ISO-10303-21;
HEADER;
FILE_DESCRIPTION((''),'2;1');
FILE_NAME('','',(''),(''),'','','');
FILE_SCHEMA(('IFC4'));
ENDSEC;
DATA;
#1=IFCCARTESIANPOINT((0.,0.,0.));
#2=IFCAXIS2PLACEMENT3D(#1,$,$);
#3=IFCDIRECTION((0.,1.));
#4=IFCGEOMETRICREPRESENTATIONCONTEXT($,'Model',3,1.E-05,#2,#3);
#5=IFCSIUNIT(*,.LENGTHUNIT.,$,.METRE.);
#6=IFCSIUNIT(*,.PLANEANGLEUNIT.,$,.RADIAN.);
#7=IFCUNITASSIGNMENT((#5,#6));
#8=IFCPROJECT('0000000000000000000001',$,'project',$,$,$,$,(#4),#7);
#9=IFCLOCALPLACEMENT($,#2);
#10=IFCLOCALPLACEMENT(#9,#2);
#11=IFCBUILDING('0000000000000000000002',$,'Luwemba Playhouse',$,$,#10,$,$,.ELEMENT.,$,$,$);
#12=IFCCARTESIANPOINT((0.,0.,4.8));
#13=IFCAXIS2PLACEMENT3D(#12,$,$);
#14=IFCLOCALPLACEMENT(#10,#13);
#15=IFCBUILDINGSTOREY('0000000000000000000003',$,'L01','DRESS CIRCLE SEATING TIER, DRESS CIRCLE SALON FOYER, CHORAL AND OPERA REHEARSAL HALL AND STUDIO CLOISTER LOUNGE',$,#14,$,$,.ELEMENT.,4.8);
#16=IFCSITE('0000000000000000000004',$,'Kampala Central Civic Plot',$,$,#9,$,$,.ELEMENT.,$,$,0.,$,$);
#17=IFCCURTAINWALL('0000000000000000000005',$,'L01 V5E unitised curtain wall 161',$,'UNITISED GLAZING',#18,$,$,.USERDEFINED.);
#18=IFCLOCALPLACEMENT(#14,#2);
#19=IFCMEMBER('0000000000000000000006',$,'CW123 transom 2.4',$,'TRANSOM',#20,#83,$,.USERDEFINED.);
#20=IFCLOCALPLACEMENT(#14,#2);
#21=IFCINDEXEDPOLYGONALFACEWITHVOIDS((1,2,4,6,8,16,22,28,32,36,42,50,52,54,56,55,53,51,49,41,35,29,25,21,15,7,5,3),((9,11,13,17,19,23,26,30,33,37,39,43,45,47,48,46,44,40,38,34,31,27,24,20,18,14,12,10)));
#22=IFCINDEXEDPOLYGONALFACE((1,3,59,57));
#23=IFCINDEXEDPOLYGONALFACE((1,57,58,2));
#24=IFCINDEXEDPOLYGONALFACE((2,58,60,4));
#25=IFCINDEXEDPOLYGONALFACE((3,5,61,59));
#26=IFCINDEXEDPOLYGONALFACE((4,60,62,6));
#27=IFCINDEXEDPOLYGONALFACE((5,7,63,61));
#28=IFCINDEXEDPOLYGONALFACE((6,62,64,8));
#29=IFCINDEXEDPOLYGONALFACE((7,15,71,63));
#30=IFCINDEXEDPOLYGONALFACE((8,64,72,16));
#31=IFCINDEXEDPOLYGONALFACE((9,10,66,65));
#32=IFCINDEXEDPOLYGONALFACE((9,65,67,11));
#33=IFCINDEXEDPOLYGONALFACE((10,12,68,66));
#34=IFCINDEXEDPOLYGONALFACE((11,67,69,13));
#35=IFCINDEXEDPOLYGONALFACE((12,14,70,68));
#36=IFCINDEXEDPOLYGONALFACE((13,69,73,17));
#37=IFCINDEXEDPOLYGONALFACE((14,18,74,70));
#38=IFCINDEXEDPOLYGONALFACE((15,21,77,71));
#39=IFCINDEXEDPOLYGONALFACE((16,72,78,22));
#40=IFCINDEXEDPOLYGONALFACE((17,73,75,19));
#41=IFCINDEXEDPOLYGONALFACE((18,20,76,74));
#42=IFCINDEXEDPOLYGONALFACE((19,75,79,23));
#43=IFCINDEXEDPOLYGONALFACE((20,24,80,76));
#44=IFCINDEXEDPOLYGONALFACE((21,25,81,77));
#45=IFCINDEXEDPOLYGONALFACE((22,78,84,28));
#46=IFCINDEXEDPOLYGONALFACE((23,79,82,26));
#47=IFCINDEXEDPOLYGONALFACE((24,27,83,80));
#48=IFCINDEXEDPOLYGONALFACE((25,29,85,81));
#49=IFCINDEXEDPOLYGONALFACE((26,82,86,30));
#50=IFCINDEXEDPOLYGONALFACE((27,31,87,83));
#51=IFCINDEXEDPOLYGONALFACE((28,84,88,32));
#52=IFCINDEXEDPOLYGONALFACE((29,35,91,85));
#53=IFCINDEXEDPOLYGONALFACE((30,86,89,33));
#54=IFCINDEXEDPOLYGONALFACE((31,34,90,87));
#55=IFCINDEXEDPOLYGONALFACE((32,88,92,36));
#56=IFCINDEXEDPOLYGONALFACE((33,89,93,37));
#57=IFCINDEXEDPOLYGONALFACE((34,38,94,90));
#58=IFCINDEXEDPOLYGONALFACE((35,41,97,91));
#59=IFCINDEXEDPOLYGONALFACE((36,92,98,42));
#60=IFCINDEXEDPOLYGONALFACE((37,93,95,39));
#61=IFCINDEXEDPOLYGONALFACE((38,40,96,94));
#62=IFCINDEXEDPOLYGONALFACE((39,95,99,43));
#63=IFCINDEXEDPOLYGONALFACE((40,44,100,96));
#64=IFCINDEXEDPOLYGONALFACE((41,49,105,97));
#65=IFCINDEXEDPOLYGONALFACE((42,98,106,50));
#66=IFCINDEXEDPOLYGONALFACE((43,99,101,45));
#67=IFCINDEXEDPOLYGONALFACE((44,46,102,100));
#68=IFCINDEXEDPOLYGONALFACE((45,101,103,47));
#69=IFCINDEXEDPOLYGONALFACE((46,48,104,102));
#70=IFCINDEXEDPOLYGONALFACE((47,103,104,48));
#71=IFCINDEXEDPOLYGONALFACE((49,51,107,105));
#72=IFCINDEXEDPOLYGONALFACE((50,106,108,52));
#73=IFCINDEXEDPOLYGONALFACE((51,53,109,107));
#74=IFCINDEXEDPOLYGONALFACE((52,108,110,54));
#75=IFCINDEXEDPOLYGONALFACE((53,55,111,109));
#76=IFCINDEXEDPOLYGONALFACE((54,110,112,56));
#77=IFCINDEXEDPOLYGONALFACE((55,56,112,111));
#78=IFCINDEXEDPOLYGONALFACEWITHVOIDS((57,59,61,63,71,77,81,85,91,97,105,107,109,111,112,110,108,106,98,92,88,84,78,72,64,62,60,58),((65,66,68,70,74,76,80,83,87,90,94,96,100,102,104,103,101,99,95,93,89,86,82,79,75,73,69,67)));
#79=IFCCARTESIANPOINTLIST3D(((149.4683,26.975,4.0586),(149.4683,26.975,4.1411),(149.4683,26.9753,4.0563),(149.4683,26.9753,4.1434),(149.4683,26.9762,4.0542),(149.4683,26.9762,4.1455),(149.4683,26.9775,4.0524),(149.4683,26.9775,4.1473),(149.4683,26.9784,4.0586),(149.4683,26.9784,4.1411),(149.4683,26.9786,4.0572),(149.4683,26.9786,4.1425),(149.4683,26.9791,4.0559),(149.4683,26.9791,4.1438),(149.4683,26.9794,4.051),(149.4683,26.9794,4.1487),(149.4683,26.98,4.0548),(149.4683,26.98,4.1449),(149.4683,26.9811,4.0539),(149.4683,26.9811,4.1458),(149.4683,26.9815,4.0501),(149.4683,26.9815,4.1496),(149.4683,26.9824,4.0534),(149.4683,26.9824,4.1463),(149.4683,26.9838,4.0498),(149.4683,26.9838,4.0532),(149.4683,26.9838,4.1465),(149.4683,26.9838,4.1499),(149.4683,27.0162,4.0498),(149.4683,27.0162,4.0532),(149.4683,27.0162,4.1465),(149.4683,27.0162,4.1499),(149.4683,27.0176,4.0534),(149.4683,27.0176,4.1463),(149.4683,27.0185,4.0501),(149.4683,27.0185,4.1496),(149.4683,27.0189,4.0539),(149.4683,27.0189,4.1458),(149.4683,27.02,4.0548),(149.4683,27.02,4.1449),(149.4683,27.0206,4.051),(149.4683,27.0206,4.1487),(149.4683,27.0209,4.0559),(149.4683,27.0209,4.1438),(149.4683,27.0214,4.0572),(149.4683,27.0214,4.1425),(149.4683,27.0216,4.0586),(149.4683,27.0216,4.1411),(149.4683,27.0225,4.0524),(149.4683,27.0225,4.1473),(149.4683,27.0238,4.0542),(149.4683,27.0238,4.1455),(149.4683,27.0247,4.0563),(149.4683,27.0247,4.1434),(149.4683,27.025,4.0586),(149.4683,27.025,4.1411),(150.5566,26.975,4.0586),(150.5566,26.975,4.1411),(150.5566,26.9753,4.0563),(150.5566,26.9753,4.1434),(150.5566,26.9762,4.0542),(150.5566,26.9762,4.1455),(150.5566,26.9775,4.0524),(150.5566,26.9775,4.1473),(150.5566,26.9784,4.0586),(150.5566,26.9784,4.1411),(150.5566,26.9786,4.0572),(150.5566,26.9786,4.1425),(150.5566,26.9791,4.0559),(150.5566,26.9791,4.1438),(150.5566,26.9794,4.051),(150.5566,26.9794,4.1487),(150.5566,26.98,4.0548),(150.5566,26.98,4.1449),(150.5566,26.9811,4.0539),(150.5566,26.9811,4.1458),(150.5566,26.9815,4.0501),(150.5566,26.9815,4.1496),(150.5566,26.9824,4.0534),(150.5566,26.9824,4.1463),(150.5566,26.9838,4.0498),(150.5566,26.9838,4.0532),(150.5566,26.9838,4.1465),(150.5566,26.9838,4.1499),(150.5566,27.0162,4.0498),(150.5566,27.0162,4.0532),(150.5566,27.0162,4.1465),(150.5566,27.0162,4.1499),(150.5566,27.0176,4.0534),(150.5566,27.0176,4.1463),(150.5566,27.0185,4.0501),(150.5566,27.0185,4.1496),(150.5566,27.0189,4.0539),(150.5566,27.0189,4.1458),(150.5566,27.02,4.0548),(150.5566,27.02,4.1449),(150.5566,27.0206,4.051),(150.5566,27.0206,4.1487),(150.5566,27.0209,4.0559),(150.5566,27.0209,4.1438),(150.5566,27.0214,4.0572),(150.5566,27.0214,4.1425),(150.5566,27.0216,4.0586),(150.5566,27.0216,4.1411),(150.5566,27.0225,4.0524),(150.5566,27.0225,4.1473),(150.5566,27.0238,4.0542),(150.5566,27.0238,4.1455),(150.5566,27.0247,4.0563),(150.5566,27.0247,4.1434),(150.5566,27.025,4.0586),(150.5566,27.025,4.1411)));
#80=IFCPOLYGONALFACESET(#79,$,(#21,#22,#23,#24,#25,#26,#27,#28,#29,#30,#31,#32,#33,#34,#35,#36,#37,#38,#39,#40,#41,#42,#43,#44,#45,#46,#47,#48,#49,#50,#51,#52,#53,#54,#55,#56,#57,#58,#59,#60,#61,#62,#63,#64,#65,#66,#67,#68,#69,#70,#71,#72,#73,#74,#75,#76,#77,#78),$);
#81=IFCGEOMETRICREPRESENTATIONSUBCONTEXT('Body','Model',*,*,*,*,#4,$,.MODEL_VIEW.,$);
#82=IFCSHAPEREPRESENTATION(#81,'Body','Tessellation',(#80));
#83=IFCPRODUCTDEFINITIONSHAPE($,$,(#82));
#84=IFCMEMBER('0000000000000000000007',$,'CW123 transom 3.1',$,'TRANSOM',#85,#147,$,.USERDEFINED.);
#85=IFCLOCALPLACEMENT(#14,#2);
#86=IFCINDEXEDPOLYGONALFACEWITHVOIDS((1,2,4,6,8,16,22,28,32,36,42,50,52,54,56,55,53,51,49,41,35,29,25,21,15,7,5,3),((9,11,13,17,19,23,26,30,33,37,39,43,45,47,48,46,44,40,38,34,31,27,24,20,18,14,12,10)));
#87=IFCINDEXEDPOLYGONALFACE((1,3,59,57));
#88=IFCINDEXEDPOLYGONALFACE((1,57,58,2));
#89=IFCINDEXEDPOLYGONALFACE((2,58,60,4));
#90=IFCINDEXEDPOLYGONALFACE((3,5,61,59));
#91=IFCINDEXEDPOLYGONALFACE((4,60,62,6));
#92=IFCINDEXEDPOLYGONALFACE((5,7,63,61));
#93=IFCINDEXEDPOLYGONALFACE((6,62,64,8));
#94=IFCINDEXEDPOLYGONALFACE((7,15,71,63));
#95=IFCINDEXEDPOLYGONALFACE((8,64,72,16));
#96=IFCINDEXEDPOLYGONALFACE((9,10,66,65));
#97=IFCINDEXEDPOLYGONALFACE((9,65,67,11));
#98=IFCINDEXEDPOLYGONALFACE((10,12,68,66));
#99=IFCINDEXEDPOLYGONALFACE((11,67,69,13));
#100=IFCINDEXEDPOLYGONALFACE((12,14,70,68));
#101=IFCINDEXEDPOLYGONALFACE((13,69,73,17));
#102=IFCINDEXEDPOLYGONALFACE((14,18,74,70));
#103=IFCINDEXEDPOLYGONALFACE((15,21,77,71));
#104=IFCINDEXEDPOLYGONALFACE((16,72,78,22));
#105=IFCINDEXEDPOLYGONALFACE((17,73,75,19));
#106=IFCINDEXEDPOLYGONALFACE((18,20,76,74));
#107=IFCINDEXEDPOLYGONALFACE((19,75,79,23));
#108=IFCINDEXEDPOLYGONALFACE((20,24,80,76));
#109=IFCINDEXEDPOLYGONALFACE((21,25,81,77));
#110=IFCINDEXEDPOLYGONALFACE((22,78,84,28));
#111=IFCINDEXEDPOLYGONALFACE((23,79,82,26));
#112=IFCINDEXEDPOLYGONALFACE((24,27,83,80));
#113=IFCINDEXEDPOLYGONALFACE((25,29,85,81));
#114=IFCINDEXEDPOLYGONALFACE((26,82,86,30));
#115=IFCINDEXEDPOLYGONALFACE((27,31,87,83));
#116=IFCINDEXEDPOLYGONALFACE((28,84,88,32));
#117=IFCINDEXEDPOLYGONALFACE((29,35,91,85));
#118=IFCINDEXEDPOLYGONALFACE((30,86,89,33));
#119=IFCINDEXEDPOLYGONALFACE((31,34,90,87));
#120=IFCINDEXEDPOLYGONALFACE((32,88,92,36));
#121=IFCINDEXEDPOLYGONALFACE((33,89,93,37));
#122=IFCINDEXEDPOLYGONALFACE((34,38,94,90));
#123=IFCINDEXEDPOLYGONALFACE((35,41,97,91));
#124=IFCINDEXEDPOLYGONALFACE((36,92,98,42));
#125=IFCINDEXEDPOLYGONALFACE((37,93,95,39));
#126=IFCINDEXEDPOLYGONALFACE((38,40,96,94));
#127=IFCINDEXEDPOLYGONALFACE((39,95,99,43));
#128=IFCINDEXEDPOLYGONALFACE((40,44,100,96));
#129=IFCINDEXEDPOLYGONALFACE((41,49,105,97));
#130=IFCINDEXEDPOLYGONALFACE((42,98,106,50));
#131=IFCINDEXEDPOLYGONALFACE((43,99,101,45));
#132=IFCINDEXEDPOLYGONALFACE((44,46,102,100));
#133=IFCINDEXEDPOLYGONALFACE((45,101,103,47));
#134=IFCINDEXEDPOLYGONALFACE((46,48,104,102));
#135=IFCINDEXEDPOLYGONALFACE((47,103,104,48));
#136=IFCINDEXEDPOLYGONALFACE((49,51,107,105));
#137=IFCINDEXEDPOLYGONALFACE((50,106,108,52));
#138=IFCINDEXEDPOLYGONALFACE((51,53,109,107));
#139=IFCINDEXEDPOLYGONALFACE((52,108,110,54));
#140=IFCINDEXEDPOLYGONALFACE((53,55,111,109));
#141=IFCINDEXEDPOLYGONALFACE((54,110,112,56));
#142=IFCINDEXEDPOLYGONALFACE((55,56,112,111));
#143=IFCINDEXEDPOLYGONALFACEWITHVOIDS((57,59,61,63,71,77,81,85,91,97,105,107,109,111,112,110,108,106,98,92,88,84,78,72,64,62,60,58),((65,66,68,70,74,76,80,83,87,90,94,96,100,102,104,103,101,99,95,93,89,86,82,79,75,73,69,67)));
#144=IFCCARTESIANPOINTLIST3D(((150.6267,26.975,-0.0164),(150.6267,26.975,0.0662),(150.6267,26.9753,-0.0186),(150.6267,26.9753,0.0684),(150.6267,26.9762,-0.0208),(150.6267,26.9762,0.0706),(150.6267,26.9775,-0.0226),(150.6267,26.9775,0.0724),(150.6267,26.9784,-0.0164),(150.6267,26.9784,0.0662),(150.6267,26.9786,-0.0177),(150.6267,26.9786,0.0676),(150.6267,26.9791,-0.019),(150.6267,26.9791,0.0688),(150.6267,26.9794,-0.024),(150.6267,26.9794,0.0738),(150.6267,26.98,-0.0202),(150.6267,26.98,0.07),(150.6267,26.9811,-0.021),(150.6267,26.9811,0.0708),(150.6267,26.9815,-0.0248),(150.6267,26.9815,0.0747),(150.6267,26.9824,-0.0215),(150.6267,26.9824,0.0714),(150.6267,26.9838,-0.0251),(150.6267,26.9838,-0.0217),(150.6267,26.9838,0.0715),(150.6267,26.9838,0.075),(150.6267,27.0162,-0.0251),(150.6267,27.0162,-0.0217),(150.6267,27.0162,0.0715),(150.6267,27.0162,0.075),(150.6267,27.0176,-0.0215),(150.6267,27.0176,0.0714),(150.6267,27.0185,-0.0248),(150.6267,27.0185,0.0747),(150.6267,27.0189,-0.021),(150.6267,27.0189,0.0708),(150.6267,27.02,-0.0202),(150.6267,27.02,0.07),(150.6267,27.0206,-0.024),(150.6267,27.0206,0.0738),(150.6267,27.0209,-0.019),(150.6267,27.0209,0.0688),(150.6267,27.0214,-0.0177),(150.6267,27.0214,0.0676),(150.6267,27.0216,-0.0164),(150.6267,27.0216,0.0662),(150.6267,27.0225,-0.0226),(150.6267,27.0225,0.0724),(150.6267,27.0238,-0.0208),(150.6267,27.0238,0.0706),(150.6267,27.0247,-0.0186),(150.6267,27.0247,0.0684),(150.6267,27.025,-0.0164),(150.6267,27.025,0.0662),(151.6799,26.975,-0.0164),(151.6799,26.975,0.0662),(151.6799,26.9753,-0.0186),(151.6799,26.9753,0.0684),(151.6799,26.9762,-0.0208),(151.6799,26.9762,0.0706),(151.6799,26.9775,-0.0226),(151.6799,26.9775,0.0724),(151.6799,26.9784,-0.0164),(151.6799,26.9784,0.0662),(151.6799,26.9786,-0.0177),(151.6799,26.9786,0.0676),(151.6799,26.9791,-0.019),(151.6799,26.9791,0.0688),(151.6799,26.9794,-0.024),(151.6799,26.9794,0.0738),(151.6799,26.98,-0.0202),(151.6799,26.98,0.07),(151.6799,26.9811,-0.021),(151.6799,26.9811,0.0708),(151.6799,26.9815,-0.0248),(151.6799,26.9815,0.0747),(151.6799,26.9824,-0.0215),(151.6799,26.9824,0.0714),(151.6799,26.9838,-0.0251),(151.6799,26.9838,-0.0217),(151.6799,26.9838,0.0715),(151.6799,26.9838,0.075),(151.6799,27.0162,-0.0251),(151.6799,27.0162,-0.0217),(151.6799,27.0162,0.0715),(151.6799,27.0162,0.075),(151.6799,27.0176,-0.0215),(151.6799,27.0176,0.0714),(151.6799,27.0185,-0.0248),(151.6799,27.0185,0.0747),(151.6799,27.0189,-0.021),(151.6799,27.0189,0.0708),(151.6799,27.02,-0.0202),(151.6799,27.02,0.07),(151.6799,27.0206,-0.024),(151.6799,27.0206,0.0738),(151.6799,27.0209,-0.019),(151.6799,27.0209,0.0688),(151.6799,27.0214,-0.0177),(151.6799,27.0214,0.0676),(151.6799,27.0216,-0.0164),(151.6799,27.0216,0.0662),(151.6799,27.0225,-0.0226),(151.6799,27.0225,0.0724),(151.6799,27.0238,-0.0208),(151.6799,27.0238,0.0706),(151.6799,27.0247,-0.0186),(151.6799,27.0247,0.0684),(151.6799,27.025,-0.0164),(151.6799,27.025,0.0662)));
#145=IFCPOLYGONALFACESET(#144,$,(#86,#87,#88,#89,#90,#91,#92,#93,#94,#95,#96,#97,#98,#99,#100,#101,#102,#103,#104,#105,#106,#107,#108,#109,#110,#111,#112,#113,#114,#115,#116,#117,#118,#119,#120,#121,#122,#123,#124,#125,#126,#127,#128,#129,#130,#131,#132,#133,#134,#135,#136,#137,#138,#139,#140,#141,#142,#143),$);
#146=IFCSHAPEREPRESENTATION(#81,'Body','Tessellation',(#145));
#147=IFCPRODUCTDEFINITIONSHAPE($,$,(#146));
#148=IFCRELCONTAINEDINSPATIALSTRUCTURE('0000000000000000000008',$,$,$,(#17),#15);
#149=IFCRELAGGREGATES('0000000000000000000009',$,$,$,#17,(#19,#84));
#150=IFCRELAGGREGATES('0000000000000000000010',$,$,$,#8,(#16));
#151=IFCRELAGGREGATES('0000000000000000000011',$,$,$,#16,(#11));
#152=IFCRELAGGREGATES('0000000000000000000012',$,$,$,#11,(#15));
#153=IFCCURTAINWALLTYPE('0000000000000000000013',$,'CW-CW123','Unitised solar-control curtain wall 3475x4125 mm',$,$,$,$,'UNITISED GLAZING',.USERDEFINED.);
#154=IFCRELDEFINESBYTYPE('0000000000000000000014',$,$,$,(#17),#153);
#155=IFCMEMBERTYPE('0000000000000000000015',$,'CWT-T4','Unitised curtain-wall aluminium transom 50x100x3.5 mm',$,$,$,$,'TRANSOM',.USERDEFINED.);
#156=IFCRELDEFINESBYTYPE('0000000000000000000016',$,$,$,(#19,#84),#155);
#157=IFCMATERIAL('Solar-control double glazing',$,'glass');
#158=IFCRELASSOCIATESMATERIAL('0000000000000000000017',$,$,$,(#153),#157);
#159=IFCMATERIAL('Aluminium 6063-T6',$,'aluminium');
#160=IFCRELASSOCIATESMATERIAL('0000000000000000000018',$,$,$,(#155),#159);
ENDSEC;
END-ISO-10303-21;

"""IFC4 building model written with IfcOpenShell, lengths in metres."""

from ifc_helpers import new_model, si_unit, direction, frame, origin, origin_2d, place, context, subcontext, project, spatial, hollow_rectangle, extrude, material, material_profile, profile_set, type_object, element, aggregate, save


model = new_model("IFC4")

# Units and contexts
model_context = context("Model", 3, precision=1e-05, world=origin(), true_north=direction((0.0, 1.0)))
body_context = subcontext(model_context, "Body", "Model", "MODEL_VIEW")
ifc_project = project(units=[si_unit("LENGTHUNIT", "METRE"), si_unit("PLANEANGLEUNIT", "RADIAN")], contexts=[model_context])

# Site, building, storey
site_placement = place(None, origin())
site = spatial("IfcSite", under=ifc_project, at=site_placement, Name="Kampala Central Civic Plot", CompositionType="ELEMENT", RefElevation=0.0)
building_placement = place(site_placement, origin())
building = spatial("IfcBuilding", under=site, at=building_placement, Name="Luwemba Playhouse", CompositionType="ELEMENT")
storey_placement = place(building_placement, frame((0.0, 0.0, 4.8)))
storey = spatial("IfcBuildingStorey", under=building, at=storey_placement, Name="L01", Description="DRESS CIRCLE SEATING TIER, DRESS CIRCLE SALON FOYER, CHORAL AND OPERA REHEARSAL HALL AND STUDIO CLOISTER LOUNGE", CompositionType="ELEMENT", Elevation=4.8)

# Curtain wall, members
ifc_material_1 = material(Name="Solar-control double glazing", Category="glass")
curtain_wall_type = type_object("IfcCurtainWallType", Name="CW-CW123", Description="Unitised solar-control curtain wall 3475x4125 mm", ElementType="UNITISED GLAZING", PredefinedType="USERDEFINED", material=ifc_material_1)
curtain_wall_placement = place(storey_placement, origin())
curtain_wall = element("IfcCurtainWall", 1, at=curtain_wall_placement, inside=storey, type_object=curtain_wall_type, Name="L01 V5E unitised curtain wall 161", ObjectType="UNITISED GLAZING", PredefinedType="USERDEFINED")
ifc_material_2 = material(Name="Aluminium 6063-T6", Category="aluminium")
ifc_material_profile_1 = material_profile(ifc_material_2, hollow_rectangle(XDim=0.05, YDim=0.1001, WallThickness=0.0034, InnerFilletRadius=0.0054, OuterFilletRadius=0.0088, at=origin_2d()))
ifc_profile_set_1 = profile_set([ifc_material_profile_1], Name="Aluminium 6063-T6")
member_type_1 = type_object("IfcMemberType", Name="CWT-T4", Description="Unitised curtain-wall aluminium transom 50x100x3.5 mm", ElementType="TRANSOM", PredefinedType="USERDEFINED", material=ifc_profile_set_1)
member_1_placement = place(storey_placement, frame((149.4683, 27.0, 4.0999), z_axis=(1.0, 0.0, 0.0), x_axis=(0.0, 1.0, 0.0)))
member_1 = element("IfcMember", 2, at=member_1_placement, type_object=member_type_1, Name="CW123 transom 2.4", ObjectType="TRANSOM", PredefinedType="USERDEFINED", context=body_context, shape_type="SweptSolid", body=[
    extrude(hollow_rectangle(XDim=0.05, YDim=0.1001, WallThickness=0.0034, InnerFilletRadius=0.0054, OuterFilletRadius=0.0088, at=origin_2d()), origin(), (0.0, 0.0, 1.0), 1.0884),
])
member_2_placement = place(storey_placement, frame((150.6267, 27.0, 0.0249), z_axis=(1.0, 0.0, 0.0), x_axis=(0.0, 1.0, 0.0)))
member_2 = element("IfcMember", 3, at=member_2_placement, type_object=member_type_1, Name="CW123 transom 3.1", ObjectType="TRANSOM", PredefinedType="USERDEFINED", context=body_context, shape_type="SweptSolid", body=[
    extrude(hollow_rectangle(XDim=0.05, YDim=0.1001, WallThickness=0.0034, InnerFilletRadius=0.0054, OuterFilletRadius=0.0088, at=origin_2d()), origin(), (0.0, 0.0, 1.0), 1.0532),
])

aggregate(curtain_wall, [member_1, member_2])

save(model, "model.ifc")
